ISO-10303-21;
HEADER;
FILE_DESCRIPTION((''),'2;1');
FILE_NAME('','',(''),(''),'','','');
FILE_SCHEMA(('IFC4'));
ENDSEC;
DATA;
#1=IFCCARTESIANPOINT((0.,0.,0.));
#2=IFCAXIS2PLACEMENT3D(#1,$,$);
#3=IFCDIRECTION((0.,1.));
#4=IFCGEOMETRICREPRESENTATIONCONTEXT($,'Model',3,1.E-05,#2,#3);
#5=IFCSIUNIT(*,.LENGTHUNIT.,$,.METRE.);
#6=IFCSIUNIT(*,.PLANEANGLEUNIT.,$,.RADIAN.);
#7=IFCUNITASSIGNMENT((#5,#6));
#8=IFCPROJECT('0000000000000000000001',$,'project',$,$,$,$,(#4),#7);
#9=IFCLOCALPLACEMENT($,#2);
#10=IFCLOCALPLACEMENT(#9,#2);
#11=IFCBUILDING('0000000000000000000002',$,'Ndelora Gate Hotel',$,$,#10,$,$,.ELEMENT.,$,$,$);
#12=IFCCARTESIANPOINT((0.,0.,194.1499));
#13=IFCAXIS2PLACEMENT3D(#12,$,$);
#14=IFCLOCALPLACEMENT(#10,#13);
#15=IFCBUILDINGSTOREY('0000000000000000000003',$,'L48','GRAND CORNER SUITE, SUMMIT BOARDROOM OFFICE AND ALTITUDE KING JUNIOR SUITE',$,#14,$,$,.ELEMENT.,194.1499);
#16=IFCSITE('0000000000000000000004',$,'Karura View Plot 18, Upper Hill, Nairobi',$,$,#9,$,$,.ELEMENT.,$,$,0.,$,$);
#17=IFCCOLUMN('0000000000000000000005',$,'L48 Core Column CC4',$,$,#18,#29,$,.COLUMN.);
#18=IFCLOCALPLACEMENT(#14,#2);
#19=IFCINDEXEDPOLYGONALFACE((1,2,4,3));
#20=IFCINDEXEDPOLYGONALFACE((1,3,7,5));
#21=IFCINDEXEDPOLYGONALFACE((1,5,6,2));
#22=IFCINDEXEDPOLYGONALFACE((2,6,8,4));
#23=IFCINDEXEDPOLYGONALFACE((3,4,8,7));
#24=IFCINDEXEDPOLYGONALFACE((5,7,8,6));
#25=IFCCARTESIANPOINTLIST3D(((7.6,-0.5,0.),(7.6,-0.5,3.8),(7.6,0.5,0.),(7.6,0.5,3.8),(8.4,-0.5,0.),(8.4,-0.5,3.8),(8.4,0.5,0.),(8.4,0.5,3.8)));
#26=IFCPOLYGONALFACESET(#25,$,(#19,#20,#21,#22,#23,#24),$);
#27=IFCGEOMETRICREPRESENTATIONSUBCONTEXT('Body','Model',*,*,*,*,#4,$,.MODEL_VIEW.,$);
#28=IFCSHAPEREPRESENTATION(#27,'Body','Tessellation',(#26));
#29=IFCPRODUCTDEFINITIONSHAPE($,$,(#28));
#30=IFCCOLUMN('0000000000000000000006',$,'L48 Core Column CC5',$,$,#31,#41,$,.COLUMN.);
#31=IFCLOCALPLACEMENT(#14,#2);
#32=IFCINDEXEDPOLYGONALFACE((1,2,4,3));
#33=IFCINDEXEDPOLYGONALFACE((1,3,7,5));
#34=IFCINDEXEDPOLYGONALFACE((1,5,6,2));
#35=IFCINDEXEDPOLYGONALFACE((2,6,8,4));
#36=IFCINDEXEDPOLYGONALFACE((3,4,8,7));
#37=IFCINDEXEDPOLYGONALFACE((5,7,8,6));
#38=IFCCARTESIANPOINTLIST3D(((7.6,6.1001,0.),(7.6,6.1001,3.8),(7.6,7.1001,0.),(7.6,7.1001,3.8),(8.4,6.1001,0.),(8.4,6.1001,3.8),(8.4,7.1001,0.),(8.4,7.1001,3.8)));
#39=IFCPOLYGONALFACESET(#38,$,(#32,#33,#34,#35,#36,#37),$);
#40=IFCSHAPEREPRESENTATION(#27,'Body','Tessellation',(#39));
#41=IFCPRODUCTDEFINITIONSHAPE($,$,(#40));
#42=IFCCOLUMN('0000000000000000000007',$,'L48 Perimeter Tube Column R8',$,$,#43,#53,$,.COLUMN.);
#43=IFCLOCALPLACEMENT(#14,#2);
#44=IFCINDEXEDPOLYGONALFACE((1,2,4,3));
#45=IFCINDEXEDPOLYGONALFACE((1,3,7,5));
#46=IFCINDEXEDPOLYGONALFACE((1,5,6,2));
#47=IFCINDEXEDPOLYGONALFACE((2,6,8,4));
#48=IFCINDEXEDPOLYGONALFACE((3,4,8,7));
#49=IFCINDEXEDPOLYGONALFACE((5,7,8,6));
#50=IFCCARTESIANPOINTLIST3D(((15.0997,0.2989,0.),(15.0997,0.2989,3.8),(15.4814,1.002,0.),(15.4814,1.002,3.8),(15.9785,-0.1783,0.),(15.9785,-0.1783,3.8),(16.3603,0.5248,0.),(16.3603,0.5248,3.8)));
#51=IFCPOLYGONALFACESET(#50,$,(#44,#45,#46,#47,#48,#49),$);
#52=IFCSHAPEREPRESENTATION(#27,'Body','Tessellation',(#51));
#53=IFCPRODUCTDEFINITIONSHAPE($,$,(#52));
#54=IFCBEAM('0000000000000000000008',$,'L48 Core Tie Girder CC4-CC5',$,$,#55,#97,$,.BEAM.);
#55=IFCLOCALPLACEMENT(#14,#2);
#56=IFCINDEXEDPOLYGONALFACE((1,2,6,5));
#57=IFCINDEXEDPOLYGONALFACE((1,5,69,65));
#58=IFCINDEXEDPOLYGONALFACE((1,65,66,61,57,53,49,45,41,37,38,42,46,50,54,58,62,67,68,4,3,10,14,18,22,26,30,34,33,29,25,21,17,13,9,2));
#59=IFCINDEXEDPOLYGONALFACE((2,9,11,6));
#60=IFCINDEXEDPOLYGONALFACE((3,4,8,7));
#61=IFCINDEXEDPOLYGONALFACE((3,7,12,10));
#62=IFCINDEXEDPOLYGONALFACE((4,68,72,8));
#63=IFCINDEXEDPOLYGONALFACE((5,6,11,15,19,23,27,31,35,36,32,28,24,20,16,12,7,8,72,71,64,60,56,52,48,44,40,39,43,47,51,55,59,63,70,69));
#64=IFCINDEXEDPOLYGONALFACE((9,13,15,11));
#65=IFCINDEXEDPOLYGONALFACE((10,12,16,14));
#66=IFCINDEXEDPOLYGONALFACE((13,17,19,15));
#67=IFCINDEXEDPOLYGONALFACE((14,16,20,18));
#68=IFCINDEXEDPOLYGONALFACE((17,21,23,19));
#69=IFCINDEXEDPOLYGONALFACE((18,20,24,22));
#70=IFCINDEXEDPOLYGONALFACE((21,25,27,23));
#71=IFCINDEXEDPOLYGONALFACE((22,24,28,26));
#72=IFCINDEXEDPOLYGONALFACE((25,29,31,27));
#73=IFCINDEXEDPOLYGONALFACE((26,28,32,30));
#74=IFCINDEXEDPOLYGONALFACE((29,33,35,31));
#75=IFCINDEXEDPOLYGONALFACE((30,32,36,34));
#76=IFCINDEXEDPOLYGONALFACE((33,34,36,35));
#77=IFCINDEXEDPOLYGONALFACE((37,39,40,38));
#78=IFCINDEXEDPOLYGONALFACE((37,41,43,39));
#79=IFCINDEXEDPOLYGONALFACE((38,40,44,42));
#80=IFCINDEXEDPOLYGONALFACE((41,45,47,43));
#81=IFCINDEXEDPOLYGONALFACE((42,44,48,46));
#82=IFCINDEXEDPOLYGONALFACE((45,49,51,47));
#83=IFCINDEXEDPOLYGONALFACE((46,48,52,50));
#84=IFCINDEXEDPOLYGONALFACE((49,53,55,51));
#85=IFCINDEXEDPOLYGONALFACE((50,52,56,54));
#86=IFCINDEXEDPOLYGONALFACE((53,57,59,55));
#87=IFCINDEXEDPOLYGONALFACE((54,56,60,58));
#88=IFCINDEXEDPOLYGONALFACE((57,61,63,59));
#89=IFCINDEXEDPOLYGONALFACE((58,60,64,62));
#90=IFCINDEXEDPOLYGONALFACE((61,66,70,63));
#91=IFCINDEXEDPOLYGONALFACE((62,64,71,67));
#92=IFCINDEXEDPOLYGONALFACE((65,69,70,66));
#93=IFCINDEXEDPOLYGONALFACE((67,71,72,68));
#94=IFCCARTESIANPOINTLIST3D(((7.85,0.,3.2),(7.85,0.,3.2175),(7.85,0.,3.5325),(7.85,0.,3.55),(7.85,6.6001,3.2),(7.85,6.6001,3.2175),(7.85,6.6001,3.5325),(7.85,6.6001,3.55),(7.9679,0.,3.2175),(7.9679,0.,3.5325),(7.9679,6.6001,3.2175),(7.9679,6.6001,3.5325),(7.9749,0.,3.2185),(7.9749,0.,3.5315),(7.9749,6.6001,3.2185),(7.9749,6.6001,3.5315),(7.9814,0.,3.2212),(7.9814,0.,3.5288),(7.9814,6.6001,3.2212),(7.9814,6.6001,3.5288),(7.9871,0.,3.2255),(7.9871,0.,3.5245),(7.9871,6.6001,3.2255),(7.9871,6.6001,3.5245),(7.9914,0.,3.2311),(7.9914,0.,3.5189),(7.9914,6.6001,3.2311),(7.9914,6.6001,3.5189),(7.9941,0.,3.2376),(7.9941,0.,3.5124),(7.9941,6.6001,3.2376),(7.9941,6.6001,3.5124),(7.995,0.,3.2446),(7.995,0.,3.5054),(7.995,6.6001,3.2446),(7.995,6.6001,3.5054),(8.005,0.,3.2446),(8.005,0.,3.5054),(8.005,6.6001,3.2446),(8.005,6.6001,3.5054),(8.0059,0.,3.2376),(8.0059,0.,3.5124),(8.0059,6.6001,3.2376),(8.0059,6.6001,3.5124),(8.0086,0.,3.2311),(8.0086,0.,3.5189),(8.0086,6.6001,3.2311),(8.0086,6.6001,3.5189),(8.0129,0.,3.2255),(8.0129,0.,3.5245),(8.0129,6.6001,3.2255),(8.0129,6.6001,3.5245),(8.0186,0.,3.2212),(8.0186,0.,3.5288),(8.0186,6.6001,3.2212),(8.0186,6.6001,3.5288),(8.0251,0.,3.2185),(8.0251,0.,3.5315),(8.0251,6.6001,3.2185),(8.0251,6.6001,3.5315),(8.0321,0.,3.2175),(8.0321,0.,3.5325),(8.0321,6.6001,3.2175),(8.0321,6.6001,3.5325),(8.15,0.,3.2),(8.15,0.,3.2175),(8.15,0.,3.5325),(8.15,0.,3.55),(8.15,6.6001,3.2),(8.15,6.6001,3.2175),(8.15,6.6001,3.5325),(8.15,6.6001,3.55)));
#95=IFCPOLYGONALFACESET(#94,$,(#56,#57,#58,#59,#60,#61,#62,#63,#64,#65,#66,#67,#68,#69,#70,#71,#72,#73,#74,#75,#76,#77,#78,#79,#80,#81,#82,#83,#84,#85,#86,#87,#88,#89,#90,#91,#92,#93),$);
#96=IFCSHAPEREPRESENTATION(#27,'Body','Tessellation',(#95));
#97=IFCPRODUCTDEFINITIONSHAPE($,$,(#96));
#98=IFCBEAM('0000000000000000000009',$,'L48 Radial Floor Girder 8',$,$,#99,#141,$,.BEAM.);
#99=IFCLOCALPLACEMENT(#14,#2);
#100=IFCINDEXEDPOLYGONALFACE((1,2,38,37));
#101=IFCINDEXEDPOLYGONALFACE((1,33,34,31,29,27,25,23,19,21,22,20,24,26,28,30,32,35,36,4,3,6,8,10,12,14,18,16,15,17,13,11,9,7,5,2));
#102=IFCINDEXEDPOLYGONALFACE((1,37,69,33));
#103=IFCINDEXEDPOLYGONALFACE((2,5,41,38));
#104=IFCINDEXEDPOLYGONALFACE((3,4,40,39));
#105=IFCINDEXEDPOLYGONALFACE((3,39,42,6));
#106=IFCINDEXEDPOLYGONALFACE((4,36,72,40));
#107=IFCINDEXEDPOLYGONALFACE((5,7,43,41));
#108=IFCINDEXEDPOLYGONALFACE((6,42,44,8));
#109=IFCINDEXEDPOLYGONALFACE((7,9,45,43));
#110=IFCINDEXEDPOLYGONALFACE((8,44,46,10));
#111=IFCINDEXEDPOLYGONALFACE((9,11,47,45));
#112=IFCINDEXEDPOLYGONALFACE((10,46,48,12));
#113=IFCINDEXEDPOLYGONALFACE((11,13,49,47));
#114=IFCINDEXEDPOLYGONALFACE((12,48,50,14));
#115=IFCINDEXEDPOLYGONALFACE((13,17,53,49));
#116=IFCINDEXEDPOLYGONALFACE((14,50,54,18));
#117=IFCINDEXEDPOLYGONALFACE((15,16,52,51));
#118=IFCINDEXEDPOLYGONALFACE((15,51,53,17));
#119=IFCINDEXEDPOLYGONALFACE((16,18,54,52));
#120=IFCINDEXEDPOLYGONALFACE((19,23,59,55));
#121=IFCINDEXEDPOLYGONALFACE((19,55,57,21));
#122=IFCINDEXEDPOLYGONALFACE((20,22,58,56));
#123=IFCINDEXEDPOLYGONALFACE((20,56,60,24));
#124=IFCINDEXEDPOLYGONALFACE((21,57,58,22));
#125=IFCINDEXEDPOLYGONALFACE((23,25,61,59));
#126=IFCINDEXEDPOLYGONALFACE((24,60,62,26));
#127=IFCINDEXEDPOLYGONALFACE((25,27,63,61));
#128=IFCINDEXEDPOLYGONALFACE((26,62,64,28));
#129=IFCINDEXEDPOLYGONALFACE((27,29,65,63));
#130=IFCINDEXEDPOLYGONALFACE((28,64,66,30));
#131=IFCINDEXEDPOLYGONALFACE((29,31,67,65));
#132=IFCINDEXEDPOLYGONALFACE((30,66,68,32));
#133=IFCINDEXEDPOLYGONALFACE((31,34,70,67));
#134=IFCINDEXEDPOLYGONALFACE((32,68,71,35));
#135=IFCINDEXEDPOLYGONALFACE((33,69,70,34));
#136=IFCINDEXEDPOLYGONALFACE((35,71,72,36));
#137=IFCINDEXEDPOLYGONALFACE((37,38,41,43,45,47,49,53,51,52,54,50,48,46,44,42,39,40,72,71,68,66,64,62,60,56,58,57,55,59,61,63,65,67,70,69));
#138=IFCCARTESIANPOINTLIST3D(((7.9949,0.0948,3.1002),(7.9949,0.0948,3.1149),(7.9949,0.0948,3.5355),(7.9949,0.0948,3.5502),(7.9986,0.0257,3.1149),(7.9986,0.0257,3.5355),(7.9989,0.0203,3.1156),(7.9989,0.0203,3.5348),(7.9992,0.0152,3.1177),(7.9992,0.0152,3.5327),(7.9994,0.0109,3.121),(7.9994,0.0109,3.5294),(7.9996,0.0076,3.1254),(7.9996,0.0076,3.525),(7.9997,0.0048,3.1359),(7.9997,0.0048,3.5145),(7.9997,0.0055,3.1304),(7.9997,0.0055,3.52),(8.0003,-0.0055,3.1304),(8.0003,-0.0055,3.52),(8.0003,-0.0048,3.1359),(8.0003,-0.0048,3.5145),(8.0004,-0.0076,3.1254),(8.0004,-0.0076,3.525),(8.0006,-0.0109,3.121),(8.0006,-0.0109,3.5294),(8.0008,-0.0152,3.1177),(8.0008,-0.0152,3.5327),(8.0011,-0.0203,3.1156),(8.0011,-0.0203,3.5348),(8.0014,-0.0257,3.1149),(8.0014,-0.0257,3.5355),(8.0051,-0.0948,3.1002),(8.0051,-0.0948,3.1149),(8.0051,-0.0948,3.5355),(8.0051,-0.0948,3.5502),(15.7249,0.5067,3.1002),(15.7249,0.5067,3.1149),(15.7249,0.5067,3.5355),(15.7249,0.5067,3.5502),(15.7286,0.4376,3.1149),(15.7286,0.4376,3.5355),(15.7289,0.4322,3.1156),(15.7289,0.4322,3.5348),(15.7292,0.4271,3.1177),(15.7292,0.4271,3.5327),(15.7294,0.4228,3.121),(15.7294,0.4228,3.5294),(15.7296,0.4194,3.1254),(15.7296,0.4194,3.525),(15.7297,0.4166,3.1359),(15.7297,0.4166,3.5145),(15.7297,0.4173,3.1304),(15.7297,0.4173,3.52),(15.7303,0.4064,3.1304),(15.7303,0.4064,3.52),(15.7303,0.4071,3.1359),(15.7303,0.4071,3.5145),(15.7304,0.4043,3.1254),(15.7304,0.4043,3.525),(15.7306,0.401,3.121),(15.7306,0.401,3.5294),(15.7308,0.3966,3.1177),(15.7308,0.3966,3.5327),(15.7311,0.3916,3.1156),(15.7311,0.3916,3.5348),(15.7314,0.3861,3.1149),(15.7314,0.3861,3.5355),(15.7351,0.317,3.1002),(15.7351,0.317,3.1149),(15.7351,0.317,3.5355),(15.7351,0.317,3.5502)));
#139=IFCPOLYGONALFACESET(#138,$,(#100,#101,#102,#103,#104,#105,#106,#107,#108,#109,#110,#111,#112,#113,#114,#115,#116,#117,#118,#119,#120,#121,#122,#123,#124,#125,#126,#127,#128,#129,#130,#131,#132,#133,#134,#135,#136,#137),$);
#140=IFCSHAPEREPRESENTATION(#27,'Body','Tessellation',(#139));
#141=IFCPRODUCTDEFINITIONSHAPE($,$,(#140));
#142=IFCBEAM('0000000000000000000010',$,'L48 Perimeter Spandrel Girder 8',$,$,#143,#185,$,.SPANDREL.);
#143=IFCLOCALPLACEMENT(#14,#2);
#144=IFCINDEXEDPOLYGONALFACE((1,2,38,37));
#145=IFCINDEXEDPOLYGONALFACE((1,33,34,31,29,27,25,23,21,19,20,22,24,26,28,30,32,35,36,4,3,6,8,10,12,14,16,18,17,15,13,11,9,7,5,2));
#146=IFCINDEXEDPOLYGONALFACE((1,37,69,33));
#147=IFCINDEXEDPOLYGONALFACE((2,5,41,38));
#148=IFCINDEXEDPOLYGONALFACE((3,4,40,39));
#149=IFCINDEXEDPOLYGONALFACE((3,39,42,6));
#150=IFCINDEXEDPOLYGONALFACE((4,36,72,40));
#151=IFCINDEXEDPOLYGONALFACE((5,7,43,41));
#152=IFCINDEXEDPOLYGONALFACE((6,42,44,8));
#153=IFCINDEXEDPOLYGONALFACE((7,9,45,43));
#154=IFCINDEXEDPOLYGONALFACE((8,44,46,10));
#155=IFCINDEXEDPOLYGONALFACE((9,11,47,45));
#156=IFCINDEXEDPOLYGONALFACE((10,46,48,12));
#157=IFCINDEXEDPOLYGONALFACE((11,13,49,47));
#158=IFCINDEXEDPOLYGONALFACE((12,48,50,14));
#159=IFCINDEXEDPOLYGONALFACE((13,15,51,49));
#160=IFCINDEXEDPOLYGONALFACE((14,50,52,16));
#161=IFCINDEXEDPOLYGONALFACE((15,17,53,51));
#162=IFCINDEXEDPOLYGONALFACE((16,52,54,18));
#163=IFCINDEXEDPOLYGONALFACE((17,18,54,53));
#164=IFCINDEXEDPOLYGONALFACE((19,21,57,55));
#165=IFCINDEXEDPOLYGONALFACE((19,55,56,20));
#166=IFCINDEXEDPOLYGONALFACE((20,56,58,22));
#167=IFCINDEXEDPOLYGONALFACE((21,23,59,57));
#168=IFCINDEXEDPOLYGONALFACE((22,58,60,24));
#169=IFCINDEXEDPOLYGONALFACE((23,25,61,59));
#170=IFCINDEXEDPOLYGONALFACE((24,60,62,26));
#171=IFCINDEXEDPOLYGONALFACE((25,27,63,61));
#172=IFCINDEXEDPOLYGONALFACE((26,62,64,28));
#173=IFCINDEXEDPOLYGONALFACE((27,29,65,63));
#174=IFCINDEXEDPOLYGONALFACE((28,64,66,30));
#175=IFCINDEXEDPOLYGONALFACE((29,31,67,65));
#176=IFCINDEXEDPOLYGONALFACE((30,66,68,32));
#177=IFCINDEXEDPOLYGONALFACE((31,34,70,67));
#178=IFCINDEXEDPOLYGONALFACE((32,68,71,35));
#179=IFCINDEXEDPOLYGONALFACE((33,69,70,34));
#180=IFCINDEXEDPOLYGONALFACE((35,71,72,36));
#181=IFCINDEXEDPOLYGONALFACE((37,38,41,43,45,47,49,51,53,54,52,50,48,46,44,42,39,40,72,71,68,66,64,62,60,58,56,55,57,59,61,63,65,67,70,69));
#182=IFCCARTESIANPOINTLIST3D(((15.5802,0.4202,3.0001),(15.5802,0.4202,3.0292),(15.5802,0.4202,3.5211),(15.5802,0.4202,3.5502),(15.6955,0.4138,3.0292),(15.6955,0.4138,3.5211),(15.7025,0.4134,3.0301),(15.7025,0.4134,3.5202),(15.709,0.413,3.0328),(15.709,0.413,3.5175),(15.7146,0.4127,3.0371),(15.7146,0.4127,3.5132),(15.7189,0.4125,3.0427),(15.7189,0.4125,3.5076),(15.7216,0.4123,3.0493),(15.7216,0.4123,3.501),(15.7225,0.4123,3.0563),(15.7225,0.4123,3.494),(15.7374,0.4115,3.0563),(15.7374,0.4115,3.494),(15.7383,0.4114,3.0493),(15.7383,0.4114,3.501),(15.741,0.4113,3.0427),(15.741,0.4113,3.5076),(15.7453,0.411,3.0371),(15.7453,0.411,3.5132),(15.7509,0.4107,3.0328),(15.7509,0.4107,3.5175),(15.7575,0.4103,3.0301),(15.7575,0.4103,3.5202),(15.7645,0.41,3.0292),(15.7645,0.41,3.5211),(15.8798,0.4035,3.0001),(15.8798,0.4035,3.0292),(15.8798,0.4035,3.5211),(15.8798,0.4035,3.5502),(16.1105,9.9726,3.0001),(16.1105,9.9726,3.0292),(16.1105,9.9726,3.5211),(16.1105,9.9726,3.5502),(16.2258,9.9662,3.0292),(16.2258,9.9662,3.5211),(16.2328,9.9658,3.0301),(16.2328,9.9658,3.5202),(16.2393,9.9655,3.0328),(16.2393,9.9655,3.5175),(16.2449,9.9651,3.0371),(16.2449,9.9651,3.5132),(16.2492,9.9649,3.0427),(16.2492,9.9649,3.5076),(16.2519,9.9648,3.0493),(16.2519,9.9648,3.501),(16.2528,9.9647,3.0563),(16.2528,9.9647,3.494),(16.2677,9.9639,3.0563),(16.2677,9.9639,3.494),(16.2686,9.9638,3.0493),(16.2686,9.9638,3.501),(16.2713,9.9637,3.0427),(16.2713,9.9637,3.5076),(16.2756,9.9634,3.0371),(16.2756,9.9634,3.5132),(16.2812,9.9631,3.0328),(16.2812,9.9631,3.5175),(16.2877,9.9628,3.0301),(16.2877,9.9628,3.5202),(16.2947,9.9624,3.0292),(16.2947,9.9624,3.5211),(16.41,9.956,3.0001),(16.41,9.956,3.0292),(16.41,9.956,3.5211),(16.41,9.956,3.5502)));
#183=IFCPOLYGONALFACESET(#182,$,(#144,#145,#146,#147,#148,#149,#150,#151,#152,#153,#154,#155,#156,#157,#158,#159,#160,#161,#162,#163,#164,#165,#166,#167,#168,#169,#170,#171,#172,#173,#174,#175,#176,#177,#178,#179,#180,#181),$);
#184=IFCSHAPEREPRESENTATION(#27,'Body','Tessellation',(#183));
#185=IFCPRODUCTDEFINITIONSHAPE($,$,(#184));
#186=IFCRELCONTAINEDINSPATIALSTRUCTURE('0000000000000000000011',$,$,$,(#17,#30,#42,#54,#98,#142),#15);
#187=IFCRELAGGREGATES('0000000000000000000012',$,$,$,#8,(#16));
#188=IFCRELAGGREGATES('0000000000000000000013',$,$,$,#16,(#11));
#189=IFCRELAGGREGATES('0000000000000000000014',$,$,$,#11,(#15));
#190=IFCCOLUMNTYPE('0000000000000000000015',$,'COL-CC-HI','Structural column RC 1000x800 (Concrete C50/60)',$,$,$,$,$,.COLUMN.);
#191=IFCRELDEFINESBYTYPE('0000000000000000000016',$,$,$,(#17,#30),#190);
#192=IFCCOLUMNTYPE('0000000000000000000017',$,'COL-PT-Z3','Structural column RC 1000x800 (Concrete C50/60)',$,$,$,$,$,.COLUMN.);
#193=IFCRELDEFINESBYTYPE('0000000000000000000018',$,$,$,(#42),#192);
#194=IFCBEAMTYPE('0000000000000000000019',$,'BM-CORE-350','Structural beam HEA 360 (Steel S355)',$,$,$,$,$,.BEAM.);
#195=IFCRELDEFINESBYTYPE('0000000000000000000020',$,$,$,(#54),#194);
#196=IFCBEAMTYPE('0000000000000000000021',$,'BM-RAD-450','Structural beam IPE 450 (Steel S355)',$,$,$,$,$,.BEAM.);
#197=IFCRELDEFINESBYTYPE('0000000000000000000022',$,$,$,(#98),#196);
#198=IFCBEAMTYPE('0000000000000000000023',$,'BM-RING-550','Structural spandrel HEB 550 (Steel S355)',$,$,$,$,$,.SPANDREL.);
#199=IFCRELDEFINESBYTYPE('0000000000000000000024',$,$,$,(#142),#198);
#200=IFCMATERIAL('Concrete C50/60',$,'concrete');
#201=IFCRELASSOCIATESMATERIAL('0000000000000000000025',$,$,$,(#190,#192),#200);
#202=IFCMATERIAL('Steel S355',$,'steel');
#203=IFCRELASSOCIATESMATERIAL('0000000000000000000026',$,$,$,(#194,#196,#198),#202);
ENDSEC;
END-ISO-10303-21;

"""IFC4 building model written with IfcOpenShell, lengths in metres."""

from ifc_helpers import new_model, si_unit, direction, frame, origin, origin_2d, place, context, subcontext, project, spatial, rectangle, i_section, extrude, material, material_profile, profile_set, type_object, element, save


model = new_model("IFC4")

# Units and contexts
model_context = context("Model", 3, precision=1e-05, world=origin(), true_north=direction((0.0, 1.0)))
body_context = subcontext(model_context, "Body", "Model", "MODEL_VIEW")
ifc_project = project(units=[si_unit("LENGTHUNIT", "METRE"), si_unit("PLANEANGLEUNIT", "RADIAN")], contexts=[model_context])

# Site, building, storey
site_placement = place(None, origin())
site = spatial("IfcSite", under=ifc_project, at=site_placement, Name="Karura View Plot 18, Upper Hill, Nairobi", CompositionType="ELEMENT", RefElevation=0.0)
building_placement = place(site_placement, origin())
building = spatial("IfcBuilding", under=site, at=building_placement, Name="Ndelora Gate Hotel", CompositionType="ELEMENT")
storey_placement = place(building_placement, frame((0.0, 0.0, 194.1499)))
storey = spatial("IfcBuildingStorey", under=building, at=storey_placement, Name="L48", Description="GRAND CORNER SUITE, SUMMIT BOARDROOM OFFICE AND ALTITUDE KING JUNIOR SUITE", CompositionType="ELEMENT", Elevation=194.1499)

# Columns
ifc_material_1 = material(Name="Concrete C50/60", Category="concrete")
ifc_material_profile_1 = material_profile(ifc_material_1, rectangle(XDim=0.8, YDim=1.0, at=origin_2d()), Name="RC 1000x800")
ifc_profile_set_1 = profile_set([ifc_material_profile_1], Name="Concrete C50/60")
column_type_1 = type_object("IfcColumnType", Name="COL-CC-HI", Description="Structural column RC 1000x800 (Concrete C50/60)", PredefinedType="COLUMN", material=ifc_profile_set_1)
for number, where, z_axis, x_axis, name in (
    (1, (8.0, 0.0, 0.0), (0.0, 0.0, 1.0), (1.0, 0.0, 0.0), "L48 Core Column CC4"),
    (2, (8.0, 6.6001, 0.0), (0.0, 0.0, 1.0), (1.0, 0.0, 0.0), "L48 Core Column CC5"),
):
    element("IfcColumn", number, at=place(storey_placement, frame(where, z_axis=z_axis, x_axis=x_axis)), inside=storey, type_object=column_type_1, Name=name, PredefinedType="COLUMN", context=body_context, shape_type="SweptSolid", body=[
        extrude(rectangle(XDim=0.8, YDim=1.0, at=origin_2d()), origin(), (0.0, 0.0, 1.0), 3.8),
    ])
ifc_material_profile_2 = material_profile(ifc_material_1, rectangle(XDim=0.8, YDim=1.0, at=origin_2d()), Name="RC 1000x800")
ifc_profile_set_2 = profile_set([ifc_material_profile_2], Name="Concrete C50/60")
column_type_2 = type_object("IfcColumnType", Name="COL-PT-Z3", Description="Structural column RC 1000x800 (Concrete C50/60)", PredefinedType="COLUMN", material=ifc_profile_set_2)
column_placement = place(storey_placement, frame((15.73, 0.4119, 0.0), z_axis=(0.0, 0.0, 1.0), x_axis=(0.477159, 0.878817, 0.0)))
element("IfcColumn", 3, at=column_placement, inside=storey, type_object=column_type_2, Name="L48 Perimeter Tube Column R8", PredefinedType="COLUMN", context=body_context, shape_type="SweptSolid", body=[
    extrude(rectangle(XDim=0.8, YDim=1.0, at=origin_2d()), origin(), (0.0, 0.0, 1.0), 3.8),
])

# Beams
ifc_material_2 = material(Name="Steel S355", Category="steel")
ifc_material_profile_3 = material_profile(ifc_material_2, i_section(OverallWidth=0.3, OverallDepth=0.3501, WebThickness=0.01, FlangeThickness=0.0176, FilletRadius=0.0271, at=origin_2d()), Name="HEA 360")
ifc_profile_set_3 = profile_set([ifc_material_profile_3], Name="Steel S355")
beam_type_1 = type_object("IfcBeamType", Name="BM-CORE-350", Description="Structural beam HEA 360 (Steel S355)", PredefinedType="BEAM", material=ifc_profile_set_3)
beam_1_placement = place(storey_placement, frame((8.0, 0.0, 3.375), z_axis=(0.0, 1.0, 0.0), x_axis=(-1.0, 0.0, 0.0)))
element("IfcBeam", 4, at=beam_1_placement, inside=storey, type_object=beam_type_1, Name="L48 Core Tie Girder CC4-CC5", PredefinedType="BEAM", context=body_context, shape_type="SweptSolid", body=[
    extrude(i_section(OverallWidth=0.3, OverallDepth=0.3501, WebThickness=0.01, FlangeThickness=0.0176, FilletRadius=0.0271, at=origin_2d()), origin(), (0.0, 0.0, 1.0), 6.6001),
])
ifc_material_profile_4 = material_profile(ifc_material_2, i_section(OverallWidth=0.1899, OverallDepth=0.45, WebThickness=0.0095, FlangeThickness=0.0146, FilletRadius=0.021, at=origin_2d()), Name="IPE 450")
ifc_profile_set_4 = profile_set([ifc_material_profile_4], Name="Steel S355")
beam_type_2 = type_object("IfcBeamType", Name="BM-RAD-450", Description="Structural beam IPE 450 (Steel S355)", PredefinedType="BEAM", material=ifc_profile_set_4)
beam_2_placement = place(storey_placement, frame((8.0, 0.0, 3.3252), z_axis=(0.998584, 0.053206, 0.0), x_axis=(-0.053206, 0.998584, 0.0)))
element("IfcBeam", 5, at=beam_2_placement, inside=storey, type_object=beam_type_2, Name="L48 Radial Floor Girder 8", PredefinedType="BEAM", context=body_context, shape_type="SweptSolid", body=[
    extrude(i_section(OverallWidth=0.1899, OverallDepth=0.45, WebThickness=0.0095, FlangeThickness=0.0146, FilletRadius=0.021, at=origin_2d()), origin(), (0.0, 0.0, 1.0), 7.741),
])
ifc_material_profile_5 = material_profile(ifc_material_2, i_section(OverallWidth=0.3, OverallDepth=0.55, WebThickness=0.0149, FlangeThickness=0.0291, FilletRadius=0.0271, at=origin_2d()), Name="HEB 550")
ifc_profile_set_5 = profile_set([ifc_material_profile_5], Name="Steel S355")
beam_type_3 = type_object("IfcBeamType", Name="BM-RING-550", Description="Structural spandrel HEB 550 (Steel S355)", PredefinedType="SPANDREL", material=ifc_profile_set_5)
beam_3_placement = place(storey_placement, frame((15.73, 0.4119, 3.2751), z_axis=(0.055426, 0.998463, 0.0), x_axis=(-0.998463, 0.055426, 0.0)))
element("IfcBeam", 6, at=beam_3_placement, inside=storey, type_object=beam_type_3, Name="L48 Perimeter Spandrel Girder 8", PredefinedType="SPANDREL", context=body_context, shape_type="SweptSolid", body=[
    extrude(i_section(OverallWidth=0.3, OverallDepth=0.55, WebThickness=0.0149, FlangeThickness=0.0291, FilletRadius=0.0271, at=origin_2d()), origin(), (0.0, 0.0, 1.0), 9.5671),
])

save(model, "model.ifc")
